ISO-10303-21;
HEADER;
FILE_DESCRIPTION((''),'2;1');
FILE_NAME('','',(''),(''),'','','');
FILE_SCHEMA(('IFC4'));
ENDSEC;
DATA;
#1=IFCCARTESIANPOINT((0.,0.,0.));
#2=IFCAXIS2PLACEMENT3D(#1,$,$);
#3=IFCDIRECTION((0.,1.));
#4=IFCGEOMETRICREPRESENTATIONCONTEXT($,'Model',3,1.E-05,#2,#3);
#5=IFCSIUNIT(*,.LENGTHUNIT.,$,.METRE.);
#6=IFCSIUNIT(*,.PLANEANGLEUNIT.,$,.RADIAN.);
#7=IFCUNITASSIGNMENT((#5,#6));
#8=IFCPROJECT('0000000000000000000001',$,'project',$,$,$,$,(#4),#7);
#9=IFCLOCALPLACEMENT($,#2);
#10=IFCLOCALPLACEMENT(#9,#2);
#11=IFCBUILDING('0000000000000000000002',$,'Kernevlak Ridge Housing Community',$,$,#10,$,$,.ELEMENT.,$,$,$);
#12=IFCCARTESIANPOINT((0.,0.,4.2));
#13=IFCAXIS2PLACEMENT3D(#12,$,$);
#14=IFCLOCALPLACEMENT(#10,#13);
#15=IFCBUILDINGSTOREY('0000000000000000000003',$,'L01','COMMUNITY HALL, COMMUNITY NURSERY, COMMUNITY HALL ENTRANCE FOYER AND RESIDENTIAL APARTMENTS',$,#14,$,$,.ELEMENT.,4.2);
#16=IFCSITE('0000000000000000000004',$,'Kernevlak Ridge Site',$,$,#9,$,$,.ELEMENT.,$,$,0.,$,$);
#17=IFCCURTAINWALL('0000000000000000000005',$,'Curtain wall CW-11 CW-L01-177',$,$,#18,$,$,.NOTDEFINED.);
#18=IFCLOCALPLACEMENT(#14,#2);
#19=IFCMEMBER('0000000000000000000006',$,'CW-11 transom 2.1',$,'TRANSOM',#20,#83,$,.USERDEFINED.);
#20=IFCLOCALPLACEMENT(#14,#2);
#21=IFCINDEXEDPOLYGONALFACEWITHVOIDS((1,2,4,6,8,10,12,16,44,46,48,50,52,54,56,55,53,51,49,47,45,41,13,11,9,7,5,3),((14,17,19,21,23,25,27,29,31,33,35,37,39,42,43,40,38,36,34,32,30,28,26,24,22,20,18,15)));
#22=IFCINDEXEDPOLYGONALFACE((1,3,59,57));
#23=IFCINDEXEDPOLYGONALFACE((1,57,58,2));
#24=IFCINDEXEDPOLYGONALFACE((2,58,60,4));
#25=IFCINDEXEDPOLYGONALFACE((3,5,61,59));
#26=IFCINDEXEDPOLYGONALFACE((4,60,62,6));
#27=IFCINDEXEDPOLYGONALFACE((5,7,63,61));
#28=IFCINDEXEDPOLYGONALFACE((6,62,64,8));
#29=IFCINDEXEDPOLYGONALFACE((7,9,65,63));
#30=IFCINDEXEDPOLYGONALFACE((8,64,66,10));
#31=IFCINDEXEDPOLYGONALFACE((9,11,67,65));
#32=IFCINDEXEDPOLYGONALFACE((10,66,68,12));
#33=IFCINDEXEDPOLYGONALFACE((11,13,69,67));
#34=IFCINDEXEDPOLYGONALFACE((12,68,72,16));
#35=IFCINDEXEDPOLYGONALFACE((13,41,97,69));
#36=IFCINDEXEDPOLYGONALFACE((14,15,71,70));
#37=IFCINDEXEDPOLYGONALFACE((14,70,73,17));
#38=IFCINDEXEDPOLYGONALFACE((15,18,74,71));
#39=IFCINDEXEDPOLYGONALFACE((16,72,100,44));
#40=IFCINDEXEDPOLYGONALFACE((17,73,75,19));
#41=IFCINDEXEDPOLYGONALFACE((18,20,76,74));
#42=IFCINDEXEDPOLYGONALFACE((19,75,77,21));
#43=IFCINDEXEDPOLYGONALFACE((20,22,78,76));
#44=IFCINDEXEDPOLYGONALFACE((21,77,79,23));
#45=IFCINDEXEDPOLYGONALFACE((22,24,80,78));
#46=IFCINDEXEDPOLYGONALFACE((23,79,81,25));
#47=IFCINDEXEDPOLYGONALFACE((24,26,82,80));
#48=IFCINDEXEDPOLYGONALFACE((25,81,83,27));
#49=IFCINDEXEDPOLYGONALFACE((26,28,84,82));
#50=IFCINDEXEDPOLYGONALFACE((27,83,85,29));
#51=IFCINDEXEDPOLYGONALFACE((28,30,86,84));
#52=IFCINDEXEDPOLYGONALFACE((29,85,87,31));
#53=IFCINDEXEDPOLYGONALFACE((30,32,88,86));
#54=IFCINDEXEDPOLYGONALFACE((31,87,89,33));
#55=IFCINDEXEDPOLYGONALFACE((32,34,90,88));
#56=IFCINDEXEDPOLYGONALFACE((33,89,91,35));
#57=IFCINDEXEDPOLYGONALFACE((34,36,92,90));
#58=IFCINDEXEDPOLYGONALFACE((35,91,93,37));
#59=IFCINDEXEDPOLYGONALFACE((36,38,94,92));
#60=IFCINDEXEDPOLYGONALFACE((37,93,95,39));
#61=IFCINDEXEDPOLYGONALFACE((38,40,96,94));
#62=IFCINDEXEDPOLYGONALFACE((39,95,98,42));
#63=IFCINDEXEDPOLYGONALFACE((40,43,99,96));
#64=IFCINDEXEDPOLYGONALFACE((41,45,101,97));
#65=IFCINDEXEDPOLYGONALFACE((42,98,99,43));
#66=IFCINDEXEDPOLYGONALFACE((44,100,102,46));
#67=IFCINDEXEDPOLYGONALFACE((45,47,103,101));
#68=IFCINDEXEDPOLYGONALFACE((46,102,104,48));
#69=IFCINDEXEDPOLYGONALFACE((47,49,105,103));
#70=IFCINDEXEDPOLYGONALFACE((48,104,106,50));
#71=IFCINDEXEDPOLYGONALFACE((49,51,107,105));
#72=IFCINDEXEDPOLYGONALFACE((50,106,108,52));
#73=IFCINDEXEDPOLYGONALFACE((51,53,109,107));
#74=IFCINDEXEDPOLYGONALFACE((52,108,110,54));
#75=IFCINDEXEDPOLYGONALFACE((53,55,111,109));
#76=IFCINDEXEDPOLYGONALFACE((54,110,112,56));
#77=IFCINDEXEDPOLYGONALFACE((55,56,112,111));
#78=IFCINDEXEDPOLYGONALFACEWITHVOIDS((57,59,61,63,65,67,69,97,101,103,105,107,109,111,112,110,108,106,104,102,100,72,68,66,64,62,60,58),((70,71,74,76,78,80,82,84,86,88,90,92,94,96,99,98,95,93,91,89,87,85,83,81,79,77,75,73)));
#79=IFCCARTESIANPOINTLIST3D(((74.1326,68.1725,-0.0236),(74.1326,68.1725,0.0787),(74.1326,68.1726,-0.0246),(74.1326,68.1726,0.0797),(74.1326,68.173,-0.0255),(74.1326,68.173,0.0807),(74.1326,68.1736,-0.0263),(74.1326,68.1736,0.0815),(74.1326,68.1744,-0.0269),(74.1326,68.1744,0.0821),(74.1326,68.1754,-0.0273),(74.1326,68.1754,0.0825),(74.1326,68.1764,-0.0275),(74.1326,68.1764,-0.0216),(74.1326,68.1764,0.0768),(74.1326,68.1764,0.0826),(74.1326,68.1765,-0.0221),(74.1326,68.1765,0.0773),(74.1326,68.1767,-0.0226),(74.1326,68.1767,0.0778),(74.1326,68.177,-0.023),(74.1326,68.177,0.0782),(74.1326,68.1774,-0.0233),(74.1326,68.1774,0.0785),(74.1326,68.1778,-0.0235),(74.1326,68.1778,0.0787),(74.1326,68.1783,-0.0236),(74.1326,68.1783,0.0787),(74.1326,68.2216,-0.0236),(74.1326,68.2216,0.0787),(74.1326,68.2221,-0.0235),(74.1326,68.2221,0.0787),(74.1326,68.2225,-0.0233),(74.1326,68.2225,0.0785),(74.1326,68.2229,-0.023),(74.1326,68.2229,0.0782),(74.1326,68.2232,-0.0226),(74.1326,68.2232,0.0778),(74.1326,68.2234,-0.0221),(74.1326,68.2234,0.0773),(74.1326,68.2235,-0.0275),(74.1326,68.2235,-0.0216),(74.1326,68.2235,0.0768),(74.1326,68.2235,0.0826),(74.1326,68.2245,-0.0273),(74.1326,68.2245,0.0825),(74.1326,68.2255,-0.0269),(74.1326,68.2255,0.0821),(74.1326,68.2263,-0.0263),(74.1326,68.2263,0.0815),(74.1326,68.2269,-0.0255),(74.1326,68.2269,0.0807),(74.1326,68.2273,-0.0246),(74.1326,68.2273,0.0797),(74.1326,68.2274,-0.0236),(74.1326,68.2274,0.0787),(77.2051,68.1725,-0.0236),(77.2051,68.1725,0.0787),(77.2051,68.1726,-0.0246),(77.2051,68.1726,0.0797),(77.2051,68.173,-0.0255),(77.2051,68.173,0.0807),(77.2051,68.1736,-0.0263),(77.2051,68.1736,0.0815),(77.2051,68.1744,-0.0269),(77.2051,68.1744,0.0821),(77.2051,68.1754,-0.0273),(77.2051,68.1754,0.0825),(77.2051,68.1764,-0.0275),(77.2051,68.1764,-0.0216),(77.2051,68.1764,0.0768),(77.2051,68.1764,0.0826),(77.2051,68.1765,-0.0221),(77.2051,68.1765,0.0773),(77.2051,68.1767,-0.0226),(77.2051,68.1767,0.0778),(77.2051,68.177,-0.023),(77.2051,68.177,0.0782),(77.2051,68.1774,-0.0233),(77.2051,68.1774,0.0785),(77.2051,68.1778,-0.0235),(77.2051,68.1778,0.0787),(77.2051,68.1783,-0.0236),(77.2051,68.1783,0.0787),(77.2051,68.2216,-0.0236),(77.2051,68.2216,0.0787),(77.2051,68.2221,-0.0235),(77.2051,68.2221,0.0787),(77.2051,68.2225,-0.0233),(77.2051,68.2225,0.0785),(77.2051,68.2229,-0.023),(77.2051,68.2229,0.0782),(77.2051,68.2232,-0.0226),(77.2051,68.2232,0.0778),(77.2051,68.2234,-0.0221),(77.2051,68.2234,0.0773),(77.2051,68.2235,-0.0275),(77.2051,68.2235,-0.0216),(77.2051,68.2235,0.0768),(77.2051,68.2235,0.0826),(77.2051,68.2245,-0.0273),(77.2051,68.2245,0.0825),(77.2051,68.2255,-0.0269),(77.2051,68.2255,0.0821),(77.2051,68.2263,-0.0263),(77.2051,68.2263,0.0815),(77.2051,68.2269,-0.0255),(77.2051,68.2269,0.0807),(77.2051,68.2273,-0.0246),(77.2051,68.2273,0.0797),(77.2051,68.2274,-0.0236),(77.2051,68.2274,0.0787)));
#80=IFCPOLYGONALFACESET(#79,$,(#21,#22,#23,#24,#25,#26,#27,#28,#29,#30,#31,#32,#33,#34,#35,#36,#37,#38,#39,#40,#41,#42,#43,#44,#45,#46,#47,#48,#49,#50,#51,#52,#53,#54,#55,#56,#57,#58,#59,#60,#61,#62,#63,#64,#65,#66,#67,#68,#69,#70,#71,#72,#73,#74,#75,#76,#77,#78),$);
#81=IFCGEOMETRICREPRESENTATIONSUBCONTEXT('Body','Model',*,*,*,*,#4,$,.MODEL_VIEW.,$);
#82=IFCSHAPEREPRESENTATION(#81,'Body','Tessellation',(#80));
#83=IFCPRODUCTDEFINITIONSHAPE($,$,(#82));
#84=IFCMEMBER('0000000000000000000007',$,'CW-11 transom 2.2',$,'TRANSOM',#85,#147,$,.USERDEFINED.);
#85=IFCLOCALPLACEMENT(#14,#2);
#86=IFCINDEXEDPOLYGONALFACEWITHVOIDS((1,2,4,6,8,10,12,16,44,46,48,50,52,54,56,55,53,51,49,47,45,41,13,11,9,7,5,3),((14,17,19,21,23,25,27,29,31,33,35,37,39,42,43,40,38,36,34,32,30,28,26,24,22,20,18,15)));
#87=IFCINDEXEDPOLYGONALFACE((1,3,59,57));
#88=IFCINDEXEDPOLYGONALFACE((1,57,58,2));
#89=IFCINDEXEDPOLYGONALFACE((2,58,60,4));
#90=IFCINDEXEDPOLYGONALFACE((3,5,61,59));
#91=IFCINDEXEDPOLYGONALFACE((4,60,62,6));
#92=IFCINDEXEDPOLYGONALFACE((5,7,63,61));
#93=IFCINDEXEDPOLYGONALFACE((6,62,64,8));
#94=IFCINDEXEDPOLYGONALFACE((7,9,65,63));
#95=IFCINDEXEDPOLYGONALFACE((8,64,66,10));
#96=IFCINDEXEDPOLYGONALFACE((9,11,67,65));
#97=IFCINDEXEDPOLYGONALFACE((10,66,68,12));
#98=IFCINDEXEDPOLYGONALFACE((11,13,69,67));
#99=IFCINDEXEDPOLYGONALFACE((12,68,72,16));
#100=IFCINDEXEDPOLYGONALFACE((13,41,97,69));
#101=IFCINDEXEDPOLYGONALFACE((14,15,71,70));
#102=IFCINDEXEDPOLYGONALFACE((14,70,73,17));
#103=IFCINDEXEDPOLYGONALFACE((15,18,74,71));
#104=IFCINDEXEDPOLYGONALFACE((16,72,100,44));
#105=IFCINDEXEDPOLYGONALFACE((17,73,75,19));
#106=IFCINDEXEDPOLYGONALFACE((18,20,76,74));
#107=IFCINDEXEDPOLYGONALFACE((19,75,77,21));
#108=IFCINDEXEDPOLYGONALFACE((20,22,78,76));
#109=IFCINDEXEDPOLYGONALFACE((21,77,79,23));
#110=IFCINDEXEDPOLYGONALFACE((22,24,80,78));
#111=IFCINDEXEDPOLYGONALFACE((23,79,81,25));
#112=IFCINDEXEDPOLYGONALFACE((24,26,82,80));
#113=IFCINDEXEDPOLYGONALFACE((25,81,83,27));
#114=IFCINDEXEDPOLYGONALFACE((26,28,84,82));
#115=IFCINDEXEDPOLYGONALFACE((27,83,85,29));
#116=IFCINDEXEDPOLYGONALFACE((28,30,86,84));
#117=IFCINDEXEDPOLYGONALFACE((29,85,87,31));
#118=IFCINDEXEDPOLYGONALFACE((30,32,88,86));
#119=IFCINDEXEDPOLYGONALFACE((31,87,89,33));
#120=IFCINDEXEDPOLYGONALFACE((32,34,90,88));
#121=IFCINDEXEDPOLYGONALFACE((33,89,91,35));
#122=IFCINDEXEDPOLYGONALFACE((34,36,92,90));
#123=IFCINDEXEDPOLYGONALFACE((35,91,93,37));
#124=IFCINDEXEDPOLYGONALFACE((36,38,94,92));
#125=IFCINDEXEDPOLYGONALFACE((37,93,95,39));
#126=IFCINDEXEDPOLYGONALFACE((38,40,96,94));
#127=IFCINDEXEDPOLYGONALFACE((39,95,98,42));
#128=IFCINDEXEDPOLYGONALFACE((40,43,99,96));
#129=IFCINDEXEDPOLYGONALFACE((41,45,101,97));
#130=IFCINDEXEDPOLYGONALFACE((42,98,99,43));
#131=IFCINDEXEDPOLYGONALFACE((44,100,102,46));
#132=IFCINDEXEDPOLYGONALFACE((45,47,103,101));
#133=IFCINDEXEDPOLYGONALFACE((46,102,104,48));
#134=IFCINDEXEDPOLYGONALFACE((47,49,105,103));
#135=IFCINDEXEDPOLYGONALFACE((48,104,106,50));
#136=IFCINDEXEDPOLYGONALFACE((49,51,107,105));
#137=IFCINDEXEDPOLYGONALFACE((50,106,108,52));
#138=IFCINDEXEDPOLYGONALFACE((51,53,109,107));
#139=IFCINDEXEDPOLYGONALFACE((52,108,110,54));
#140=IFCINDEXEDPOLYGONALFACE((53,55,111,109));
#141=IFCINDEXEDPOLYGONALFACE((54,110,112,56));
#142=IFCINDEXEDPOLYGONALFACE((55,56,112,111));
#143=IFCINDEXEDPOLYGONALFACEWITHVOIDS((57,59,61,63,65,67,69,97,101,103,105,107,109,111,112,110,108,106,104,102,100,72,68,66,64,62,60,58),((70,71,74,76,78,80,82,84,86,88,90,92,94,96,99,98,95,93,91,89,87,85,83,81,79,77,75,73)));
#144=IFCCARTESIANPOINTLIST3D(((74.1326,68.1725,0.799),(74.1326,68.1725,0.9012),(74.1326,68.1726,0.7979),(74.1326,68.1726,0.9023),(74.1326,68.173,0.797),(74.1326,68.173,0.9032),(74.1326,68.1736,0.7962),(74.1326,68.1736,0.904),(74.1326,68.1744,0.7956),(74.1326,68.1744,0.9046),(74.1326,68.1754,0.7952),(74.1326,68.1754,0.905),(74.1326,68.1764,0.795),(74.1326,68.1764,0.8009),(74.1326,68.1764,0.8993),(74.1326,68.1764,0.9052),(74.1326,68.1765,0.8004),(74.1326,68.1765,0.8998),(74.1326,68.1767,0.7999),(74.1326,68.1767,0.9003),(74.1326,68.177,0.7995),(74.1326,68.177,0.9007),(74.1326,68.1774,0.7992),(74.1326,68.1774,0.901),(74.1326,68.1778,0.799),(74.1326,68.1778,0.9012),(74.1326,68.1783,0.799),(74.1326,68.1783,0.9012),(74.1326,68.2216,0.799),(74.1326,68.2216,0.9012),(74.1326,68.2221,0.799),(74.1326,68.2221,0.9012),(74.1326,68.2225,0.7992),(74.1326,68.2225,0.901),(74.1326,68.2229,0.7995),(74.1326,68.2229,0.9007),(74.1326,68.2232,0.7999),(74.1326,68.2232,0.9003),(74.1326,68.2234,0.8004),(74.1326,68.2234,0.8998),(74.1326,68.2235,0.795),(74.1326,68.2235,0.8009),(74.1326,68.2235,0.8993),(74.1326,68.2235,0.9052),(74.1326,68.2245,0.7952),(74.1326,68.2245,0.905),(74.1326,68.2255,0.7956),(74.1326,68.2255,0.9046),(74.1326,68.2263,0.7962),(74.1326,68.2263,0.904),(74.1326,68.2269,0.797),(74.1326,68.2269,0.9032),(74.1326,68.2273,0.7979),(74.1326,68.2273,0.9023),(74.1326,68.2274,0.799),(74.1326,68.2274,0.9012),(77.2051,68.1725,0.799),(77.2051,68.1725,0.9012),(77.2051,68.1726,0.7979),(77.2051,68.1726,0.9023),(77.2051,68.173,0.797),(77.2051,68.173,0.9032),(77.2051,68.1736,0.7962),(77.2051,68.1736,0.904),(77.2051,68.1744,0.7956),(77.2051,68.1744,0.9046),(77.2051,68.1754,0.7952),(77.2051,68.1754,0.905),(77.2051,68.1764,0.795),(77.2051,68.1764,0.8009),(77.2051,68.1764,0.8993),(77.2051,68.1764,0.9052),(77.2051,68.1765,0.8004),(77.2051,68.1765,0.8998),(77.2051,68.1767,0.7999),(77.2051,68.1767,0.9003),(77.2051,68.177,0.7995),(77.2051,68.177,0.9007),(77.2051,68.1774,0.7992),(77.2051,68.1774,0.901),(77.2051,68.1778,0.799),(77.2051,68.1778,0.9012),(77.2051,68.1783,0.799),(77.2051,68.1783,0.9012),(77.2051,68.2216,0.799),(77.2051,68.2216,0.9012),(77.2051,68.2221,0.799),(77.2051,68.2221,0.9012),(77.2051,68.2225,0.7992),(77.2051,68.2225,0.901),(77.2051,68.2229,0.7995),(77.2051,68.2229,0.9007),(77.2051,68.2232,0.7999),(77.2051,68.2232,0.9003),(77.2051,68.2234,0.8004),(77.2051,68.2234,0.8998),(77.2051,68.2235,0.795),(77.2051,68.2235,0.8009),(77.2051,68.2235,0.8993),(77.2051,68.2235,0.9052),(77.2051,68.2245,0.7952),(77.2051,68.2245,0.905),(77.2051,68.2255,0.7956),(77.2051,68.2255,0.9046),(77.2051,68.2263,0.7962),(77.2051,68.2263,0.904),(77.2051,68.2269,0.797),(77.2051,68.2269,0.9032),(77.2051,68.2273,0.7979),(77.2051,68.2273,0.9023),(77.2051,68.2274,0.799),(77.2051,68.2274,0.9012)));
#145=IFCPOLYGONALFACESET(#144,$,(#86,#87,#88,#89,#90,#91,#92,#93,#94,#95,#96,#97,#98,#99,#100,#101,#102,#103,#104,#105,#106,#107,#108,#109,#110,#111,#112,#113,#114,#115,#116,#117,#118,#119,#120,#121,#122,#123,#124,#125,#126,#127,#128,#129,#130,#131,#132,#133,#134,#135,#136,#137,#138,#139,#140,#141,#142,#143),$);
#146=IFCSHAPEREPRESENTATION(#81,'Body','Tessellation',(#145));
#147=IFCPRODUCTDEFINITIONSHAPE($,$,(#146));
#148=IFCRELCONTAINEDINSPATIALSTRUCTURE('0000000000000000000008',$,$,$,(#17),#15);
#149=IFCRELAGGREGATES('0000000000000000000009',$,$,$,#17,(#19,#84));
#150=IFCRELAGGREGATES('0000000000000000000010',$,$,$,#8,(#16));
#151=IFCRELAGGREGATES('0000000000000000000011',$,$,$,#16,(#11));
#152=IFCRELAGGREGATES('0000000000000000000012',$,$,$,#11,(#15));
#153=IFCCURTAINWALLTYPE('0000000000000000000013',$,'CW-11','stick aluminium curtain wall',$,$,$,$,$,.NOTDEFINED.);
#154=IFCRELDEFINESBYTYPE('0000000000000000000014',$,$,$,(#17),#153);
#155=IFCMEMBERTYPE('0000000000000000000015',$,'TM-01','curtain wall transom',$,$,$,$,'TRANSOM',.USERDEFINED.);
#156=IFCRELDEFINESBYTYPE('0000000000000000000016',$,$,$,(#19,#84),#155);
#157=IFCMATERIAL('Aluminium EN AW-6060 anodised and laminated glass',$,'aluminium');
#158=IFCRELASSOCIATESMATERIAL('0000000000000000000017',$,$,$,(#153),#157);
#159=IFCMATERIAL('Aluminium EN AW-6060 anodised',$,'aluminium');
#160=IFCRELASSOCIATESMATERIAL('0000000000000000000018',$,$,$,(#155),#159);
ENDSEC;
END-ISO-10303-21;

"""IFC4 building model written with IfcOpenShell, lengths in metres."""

from ifc_helpers import new_model, si_unit, direction, frame, origin, origin_2d, place, context, subcontext, project, spatial, hollow_rectangle, extrude, material, material_profile, profile_set, type_object, element, aggregate, save


model = new_model("IFC4")

# Units and contexts
model_context = context("Model", 3, precision=1e-05, world=origin(), true_north=direction((0.0, 1.0)))
body_context = subcontext(model_context, "Body", "Model", "MODEL_VIEW")
ifc_project = project(units=[si_unit("LENGTHUNIT", "METRE"), si_unit("PLANEANGLEUNIT", "RADIAN")], contexts=[model_context])

# Site, building, storey
site_placement = place(None, origin())
site = spatial("IfcSite", under=ifc_project, at=site_placement, Name="Kernevlak Ridge Site", CompositionType="ELEMENT", RefElevation=0.0)
building_placement = place(site_placement, origin())
building = spatial("IfcBuilding", under=site, at=building_placement, Name="Kernevlak Ridge Housing Community", CompositionType="ELEMENT")
storey_placement = place(building_placement, frame((0.0, 0.0, 4.2)))
storey = spatial("IfcBuildingStorey", under=building, at=storey_placement, Name="L01", Description="COMMUNITY HALL, COMMUNITY NURSERY, COMMUNITY HALL ENTRANCE FOYER AND RESIDENTIAL APARTMENTS", CompositionType="ELEMENT", Elevation=4.2)

# Curtain wall
ifc_material_1 = material(Name="Aluminium EN AW-6060 anodised and laminated glass", Category="aluminium")
curtain_wall_type_1 = type_object("IfcCurtainWallType", Name="CW-11", Description="stick aluminium curtain wall", PredefinedType="NOTDEFINED", material=ifc_material_1)
curtain_wall_1_placement = place(storey_placement, origin())
curtain_wall_1 = element("IfcCurtainWall", 1, at=curtain_wall_1_placement, inside=storey, type_object=curtain_wall_type_1, Name="Curtain wall CW-11 CW-L01-177", PredefinedType="NOTDEFINED")
ifc_material_2 = material(Name="Aluminium EN AW-6060 anodised", Category="aluminium")

# Members
ifc_material_profile_1 = material_profile(ifc_material_2, hollow_rectangle(XDim=0.0549, YDim=0.1101, WallThickness=0.0039, InnerFilletRadius=0.002, OuterFilletRadius=0.0039, at=origin_2d()), Name="ALU 55x110x4")
ifc_profile_set_1 = profile_set([ifc_material_profile_1], Name="Aluminium EN AW-6060 anodised")
member_type_1 = type_object("IfcMemberType", Name="TM-01", Description="curtain wall transom", ElementType="TRANSOM", PredefinedType="USERDEFINED", material=ifc_profile_set_1)
member_1_placement = place(storey_placement, frame((74.1326, 68.2, 0.0276), z_axis=(1.0, 0.0, 0.0), x_axis=(0.0, 1.0, 0.0)))
member_1 = element("IfcMember", 2, at=member_1_placement, type_object=member_type_1, Name="CW-11 transom 2.1", ObjectType="TRANSOM", PredefinedType="USERDEFINED", context=body_context, shape_type="SweptSolid", body=[
    extrude(hollow_rectangle(XDim=0.0549, YDim=0.1101, WallThickness=0.0039, InnerFilletRadius=0.002, OuterFilletRadius=0.0039, at=origin_2d()), origin(), (0.0, 0.0, 1.0), 3.0725),
])
member_2_placement = place(storey_placement, frame((74.1326, 68.2, 0.8501), z_axis=(1.0, 0.0, 0.0), x_axis=(0.0, 1.0, 0.0)))
member_2 = element("IfcMember", 3, at=member_2_placement, type_object=member_type_1, Name="CW-11 transom 2.2", ObjectType="TRANSOM", PredefinedType="USERDEFINED", context=body_context, shape_type="SweptSolid", body=[
    extrude(hollow_rectangle(XDim=0.0549, YDim=0.1101, WallThickness=0.0039, InnerFilletRadius=0.002, OuterFilletRadius=0.0039, at=origin_2d()), origin(), (0.0, 0.0, 1.0), 3.0725),
])

aggregate(curtain_wall_1, [member_1, member_2])

save(model, "model.ifc")
